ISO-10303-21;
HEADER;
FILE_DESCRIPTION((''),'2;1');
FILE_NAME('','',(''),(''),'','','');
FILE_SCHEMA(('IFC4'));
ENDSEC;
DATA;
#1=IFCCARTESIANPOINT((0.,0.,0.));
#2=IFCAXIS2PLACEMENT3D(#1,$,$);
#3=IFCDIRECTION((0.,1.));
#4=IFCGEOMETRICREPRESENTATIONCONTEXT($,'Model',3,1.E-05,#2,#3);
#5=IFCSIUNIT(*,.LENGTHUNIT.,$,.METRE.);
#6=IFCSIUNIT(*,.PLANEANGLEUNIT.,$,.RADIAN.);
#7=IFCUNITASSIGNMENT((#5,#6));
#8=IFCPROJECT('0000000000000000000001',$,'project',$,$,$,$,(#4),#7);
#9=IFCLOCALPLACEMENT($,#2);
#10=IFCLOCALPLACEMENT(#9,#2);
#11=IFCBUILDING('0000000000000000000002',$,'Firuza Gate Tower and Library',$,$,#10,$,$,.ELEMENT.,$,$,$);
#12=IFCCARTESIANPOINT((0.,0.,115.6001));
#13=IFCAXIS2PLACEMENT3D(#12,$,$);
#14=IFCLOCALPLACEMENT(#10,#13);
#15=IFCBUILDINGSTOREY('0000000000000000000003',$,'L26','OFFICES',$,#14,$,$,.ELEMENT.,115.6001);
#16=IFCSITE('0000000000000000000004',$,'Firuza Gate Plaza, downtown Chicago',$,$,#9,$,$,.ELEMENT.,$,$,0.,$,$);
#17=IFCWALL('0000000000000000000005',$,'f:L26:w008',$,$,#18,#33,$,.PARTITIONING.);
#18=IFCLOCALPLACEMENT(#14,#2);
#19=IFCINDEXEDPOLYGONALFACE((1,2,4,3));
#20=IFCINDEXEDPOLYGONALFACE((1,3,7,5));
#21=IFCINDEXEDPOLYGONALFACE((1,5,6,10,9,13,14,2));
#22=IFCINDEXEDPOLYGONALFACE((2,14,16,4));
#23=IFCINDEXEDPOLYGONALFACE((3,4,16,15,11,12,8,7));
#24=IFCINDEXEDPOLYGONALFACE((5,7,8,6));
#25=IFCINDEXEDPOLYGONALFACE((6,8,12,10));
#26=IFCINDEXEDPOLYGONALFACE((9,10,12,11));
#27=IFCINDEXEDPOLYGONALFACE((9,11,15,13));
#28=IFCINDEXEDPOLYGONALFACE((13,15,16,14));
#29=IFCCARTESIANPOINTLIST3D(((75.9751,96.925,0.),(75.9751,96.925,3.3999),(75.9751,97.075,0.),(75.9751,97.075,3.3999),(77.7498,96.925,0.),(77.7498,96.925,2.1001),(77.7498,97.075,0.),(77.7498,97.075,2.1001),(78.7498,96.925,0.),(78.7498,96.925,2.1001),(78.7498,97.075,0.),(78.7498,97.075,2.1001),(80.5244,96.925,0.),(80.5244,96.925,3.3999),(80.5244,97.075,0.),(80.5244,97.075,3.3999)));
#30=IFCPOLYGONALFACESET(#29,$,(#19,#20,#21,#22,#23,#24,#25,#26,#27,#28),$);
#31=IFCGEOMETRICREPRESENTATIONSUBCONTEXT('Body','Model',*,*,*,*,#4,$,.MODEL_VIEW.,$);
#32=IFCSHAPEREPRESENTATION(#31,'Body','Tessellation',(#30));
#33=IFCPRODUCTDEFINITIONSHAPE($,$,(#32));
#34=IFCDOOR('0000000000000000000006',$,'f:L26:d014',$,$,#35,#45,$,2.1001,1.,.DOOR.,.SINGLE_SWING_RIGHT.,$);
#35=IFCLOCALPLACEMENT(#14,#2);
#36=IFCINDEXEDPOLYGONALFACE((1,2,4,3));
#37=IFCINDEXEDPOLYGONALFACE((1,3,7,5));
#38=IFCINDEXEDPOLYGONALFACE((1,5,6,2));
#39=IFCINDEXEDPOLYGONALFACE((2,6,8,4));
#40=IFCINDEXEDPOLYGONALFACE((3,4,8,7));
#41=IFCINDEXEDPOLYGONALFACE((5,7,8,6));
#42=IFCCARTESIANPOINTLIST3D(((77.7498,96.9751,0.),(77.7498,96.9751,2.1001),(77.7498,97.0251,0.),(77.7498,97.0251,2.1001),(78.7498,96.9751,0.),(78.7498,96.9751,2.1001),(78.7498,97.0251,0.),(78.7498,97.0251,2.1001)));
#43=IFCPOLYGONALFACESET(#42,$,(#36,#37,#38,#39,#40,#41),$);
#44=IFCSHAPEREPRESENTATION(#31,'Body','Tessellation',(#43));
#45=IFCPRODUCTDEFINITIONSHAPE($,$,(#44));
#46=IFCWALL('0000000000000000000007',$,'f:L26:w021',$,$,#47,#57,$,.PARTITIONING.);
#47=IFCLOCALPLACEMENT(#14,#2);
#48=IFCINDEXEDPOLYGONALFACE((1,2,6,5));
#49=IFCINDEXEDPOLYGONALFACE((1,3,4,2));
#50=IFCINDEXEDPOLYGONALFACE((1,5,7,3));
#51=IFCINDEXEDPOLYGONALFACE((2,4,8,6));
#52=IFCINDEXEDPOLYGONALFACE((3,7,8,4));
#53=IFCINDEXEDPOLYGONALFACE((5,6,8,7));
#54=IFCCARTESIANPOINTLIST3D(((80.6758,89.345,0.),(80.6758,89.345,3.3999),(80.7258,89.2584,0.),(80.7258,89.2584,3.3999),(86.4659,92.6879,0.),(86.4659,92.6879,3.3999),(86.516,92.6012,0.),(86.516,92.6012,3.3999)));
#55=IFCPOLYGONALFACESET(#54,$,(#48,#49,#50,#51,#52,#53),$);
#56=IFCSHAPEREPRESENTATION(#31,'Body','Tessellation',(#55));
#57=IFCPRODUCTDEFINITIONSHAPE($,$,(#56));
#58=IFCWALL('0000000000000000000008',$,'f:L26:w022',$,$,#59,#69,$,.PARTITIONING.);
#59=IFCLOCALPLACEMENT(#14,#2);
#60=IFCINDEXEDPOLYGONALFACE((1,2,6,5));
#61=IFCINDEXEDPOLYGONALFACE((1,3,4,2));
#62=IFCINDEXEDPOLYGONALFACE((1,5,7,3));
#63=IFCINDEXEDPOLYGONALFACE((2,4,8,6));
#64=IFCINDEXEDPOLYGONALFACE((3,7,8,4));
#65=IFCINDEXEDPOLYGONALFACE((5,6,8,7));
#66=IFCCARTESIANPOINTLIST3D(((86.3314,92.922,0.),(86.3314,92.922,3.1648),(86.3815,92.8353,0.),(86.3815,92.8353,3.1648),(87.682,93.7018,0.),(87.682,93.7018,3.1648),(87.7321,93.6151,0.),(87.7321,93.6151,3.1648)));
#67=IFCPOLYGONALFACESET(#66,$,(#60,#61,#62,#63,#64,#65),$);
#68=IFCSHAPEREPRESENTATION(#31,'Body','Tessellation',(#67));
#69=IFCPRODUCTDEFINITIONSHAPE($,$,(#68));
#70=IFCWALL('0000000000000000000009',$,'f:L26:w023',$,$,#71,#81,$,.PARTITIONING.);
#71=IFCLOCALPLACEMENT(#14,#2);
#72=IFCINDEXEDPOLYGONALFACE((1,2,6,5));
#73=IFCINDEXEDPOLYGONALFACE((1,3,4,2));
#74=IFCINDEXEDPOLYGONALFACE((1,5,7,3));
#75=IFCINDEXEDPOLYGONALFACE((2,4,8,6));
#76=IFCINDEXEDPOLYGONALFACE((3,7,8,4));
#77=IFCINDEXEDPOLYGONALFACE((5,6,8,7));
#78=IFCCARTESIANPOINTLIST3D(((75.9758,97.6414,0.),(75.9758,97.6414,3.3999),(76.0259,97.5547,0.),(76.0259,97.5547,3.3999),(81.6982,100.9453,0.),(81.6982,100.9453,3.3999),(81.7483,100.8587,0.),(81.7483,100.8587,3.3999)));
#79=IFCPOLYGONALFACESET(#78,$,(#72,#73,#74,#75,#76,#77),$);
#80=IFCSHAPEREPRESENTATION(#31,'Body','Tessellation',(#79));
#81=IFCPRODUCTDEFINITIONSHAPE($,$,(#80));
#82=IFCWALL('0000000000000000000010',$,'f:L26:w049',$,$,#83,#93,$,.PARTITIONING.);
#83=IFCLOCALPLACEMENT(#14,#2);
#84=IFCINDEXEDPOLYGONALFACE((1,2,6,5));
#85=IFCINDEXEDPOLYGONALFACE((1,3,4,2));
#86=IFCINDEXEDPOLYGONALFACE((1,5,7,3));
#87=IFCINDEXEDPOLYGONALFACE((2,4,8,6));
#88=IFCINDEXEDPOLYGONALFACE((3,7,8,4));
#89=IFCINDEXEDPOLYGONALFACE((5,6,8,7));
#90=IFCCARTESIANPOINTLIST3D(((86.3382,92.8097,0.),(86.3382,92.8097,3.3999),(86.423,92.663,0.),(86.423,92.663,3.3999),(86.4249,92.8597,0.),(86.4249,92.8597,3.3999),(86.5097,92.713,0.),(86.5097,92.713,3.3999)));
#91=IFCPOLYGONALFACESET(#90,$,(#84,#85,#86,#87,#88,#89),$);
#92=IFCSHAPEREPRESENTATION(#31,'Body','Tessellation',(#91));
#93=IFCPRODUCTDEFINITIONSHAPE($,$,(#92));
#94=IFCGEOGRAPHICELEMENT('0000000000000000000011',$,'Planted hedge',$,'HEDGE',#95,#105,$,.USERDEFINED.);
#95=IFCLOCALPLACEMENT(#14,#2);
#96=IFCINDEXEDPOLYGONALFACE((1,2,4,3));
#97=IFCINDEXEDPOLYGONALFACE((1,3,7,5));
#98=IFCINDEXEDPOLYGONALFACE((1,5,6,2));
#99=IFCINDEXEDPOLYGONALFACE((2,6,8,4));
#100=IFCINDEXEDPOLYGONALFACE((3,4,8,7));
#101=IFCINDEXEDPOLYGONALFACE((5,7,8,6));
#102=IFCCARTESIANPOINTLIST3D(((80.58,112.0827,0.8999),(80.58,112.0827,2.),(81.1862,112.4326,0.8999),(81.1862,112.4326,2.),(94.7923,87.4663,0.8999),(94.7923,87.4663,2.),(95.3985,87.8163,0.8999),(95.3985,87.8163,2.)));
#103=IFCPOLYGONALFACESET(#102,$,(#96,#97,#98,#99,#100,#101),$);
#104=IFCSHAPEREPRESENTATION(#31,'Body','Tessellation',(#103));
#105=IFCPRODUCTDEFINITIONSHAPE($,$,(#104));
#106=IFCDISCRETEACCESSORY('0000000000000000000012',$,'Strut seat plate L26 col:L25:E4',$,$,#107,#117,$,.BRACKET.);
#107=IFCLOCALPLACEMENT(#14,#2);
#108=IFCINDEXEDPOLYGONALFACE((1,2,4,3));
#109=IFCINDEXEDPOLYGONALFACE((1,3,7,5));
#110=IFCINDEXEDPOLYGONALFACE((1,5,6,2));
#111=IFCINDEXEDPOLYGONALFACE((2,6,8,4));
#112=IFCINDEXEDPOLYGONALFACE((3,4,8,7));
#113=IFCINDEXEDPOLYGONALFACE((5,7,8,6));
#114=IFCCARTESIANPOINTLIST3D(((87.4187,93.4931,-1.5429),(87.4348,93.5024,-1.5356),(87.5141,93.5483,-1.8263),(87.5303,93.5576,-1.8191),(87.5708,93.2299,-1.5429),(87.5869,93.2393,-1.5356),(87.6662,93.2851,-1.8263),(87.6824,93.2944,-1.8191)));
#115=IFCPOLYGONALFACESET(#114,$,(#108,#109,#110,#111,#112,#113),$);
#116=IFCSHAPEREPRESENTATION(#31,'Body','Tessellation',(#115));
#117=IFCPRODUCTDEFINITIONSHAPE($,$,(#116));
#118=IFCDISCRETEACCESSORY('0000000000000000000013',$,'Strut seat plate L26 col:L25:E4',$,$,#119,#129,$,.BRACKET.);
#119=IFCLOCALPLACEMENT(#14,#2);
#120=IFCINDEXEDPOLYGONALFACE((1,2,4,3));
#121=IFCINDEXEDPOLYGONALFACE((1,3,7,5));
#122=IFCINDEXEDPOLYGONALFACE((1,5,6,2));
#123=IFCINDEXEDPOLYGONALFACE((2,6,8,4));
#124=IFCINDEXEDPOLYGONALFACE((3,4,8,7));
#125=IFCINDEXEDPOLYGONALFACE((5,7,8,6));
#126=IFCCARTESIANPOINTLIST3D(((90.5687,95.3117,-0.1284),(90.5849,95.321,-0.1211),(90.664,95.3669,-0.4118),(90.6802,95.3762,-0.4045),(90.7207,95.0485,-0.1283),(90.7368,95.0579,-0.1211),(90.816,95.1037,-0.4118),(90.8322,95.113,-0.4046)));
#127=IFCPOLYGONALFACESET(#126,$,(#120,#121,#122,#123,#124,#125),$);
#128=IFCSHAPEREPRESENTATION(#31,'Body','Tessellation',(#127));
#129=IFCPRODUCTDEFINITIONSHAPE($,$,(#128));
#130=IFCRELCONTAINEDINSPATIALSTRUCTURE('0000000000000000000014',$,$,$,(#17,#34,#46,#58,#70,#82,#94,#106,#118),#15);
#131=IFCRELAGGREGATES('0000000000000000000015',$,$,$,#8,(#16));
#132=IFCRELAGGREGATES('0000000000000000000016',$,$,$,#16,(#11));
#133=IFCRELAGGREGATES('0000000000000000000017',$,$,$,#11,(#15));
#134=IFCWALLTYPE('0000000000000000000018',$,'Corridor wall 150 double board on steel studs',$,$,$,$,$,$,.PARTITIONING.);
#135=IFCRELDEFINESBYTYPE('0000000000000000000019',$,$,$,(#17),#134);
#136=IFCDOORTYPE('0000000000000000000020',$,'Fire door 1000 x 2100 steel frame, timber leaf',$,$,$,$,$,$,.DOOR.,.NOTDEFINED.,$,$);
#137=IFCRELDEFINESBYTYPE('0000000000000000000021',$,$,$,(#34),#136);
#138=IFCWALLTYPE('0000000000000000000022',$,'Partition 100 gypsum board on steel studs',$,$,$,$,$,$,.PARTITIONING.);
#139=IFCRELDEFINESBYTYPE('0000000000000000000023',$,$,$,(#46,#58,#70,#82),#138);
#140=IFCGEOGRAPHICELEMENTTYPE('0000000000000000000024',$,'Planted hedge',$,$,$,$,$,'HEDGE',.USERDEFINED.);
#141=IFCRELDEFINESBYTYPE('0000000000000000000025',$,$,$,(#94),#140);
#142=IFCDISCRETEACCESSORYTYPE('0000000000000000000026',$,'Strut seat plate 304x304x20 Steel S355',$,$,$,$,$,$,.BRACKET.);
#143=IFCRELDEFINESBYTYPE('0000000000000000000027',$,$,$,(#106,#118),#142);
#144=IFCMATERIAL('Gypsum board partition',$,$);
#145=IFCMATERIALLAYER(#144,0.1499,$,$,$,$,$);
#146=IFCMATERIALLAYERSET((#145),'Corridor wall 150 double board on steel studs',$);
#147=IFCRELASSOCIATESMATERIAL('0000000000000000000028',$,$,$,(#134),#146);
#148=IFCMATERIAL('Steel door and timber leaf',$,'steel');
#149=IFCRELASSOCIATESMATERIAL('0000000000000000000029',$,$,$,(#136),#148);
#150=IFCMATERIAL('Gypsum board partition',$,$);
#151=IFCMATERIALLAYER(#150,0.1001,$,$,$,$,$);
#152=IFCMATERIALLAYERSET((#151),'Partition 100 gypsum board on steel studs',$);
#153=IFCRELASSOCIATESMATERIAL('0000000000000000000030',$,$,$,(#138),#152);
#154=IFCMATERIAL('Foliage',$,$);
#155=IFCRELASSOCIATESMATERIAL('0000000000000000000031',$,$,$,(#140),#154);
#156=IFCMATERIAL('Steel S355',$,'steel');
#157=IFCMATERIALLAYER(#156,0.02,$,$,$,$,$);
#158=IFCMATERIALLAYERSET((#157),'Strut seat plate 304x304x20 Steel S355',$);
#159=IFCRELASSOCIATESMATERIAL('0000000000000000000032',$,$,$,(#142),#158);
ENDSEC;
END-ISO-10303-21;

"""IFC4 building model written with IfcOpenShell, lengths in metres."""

from ifc_helpers import new_model, si_unit, direction, frame, frame_2d, origin, origin_2d, place, context, subcontext, project, spatial, polyline, rectangle, outline, extrude, material, layer, layer_set, type_object, element, fill, save


model = new_model("IFC4")

# Units and contexts
model_context = context("Model", 3, precision=1e-05, world=origin(), true_north=direction((0.0, 1.0)))
body_context = subcontext(model_context, "Body", "Model", "MODEL_VIEW")
ifc_project = project(units=[si_unit("LENGTHUNIT", "METRE"), si_unit("PLANEANGLEUNIT", "RADIAN")], contexts=[model_context])

# Site, building, storey
site_placement = place(None, origin())
site = spatial("IfcSite", under=ifc_project, at=site_placement, Name="Firuza Gate Plaza, downtown Chicago", CompositionType="ELEMENT", RefElevation=0.0)
building_placement = place(site_placement, origin())
building = spatial("IfcBuilding", under=site, at=building_placement, Name="Firuza Gate Tower and Library", CompositionType="ELEMENT")
storey_placement = place(building_placement, frame((0.0, 0.0, 115.6001)))
storey = spatial("IfcBuildingStorey", under=building, at=storey_placement, Name="L26", Description="OFFICES", CompositionType="ELEMENT", Elevation=115.6001)

# Wall, opening, door
ifc_material_1 = material(Name="Gypsum board partition")
ifc_layer_1 = layer(ifc_material_1, 0.1499)
ifc_layer_set_1 = layer_set([ifc_layer_1], Name="Corridor wall 150 double board on steel studs")
wall_type_1 = type_object("IfcWallType", Name="Corridor wall 150 double board on steel studs", PredefinedType="PARTITIONING", material=ifc_layer_set_1)
wall_1_placement = place(storey_placement, frame((80.5244, 97.0, 0.0), z_axis=(0.0, 0.0, 1.0), x_axis=(-1.0, 0.0, 0.0)))
wall_1 = element("IfcWall", 1, at=wall_1_placement, inside=storey, type_object=wall_type_1, Name="f:L26:w008", PredefinedType="PARTITIONING", context=body_context, shape_type="SweptSolid", body=[
    extrude(rectangle(XDim=4.5493, YDim=0.1499, at=frame_2d((2.2747, 0.0))), origin(), (0.0, 0.0, 1.0), 3.3999),
])
opening_1_placement = place(wall_1_placement, frame((1.7747, 0.0, 0.0)))
opening_1 = element("IfcOpeningElement", 2, at=opening_1_placement, cuts=wall_1, PredefinedType="OPENING", context=body_context, shape_type="SweptSolid", body=[
    extrude(rectangle(XDim=1.0, YDim=2.1001, at=frame_2d((0.5, 1.05))), frame((0.0, 0.085, 0.0), z_axis=(0.0, -1.0, 0.0), x_axis=(1.0, 0.0, 0.0)), (0.0, 0.0, 1.0), 0.1699),
])
ifc_material_2 = material(Name="Steel door and timber leaf", Category="steel")
door_type_1 = type_object("IfcDoorType", Name="Fire door 1000 x 2100 steel frame, timber leaf", OperationType="NOTDEFINED", PredefinedType="DOOR", material=ifc_material_2)
door_1_placement = place(opening_1_placement, origin())
door_1 = element("IfcDoor", 3, at=door_1_placement, inside=storey, type_object=door_type_1, Name="f:L26:d014", OperationType="SINGLE_SWING_RIGHT", OverallHeight=2.1001, OverallWidth=1.0, PredefinedType="DOOR", context=body_context, shape_type="SweptSolid", body=[
    extrude(rectangle(XDim=1.0, YDim=2.1001, at=frame_2d((0.5, 1.05))), frame((0.0, 0.0249, 0.0), z_axis=(0.0, -1.0, 0.0), x_axis=(1.0, 0.0, 0.0)), (0.0, 0.0, 1.0), 0.05),
])
fill(opening_1, door_1)

# Walls
ifc_material_3 = material(Name="Gypsum board partition")
ifc_layer_2 = layer(ifc_material_3, 0.1001)
ifc_layer_set_2 = layer_set([ifc_layer_2], Name="Partition 100 gypsum board on steel studs")
wall_type_2 = type_object("IfcWallType", Name="Partition 100 gypsum board on steel studs", PredefinedType="PARTITIONING", material=ifc_layer_set_2)
wall_2_placement = place(storey_placement, frame((80.7009, 89.3018, 0.0), z_axis=(0.0, 0.0, 1.0), x_axis=(0.866032, 0.499988, 0.0)))
element("IfcWall", 4, at=wall_2_placement, inside=storey, type_object=wall_type_2, Name="f:L26:w021", PredefinedType="PARTITIONING", context=body_context, shape_type="SweptSolid", body=[
    extrude(rectangle(XDim=6.6858, YDim=0.1001, at=frame_2d((3.3428, 0.0))), origin(), (0.0, 0.0, 1.0), 3.3999),
])
wall_3_placement = place(storey_placement, frame((86.3564, 92.8787, 0.0), z_axis=(0.0, 0.0, 1.0), x_axis=(0.866019, 0.500012, 0.0)))
element("IfcWall", 5, at=wall_3_placement, inside=storey, type_object=wall_type_2, Name="f:L26:w022", PredefinedType="PARTITIONING", context=body_context, shape_type="SweptSolid", body=[
    extrude(rectangle(XDim=1.5596, YDim=0.1001, at=frame_2d((0.7798, 0.0))), origin(), (0.0, 0.0, 1.0), 3.1648),
])
wall_4_placement = place(storey_placement, frame((76.001, 97.5981, 0.0), z_axis=(0.0, 0.0, 1.0), x_axis=(0.866018, 0.500013, 0.0)))
element("IfcWall", 6, at=wall_4_placement, inside=storey, type_object=wall_type_2, Name="f:L26:w023", PredefinedType="PARTITIONING", context=body_context, shape_type="SweptSolid", body=[
    extrude(rectangle(XDim=6.6077, YDim=0.1001, at=frame_2d((3.3037, 0.0))), origin(), (0.0, 0.0, 1.0), 3.3999),
])
wall_5_placement = place(storey_placement, frame((86.4663, 92.688, 0.0), z_axis=(0.0, 0.0, 1.0), x_axis=(-0.500013, 0.866018, 0.0)))
element("IfcWall", 7, at=wall_5_placement, inside=storey, type_object=wall_type_2, Name="f:L26:w049", PredefinedType="PARTITIONING", context=body_context, shape_type="SweptSolid", body=[
    extrude(rectangle(XDim=0.1694, YDim=0.1001, at=frame_2d((0.0847, 0.0))), origin(), (0.0, 0.0, 1.0), 3.3999),
])

# Geographic element
ifc_material_4 = material(Name="Foliage")
geographic_element_type = type_object("IfcGeographicElementType", Name="Planted hedge", ElementType="HEDGE", PredefinedType="USERDEFINED", material=ifc_material_4)
geographic_element_placement = place(storey_placement, frame((87.9893, 99.9495, 0.8999), z_axis=(0.0, 0.0, 1.0), x_axis=(-0.5, 0.866025, 0.0)))
element("IfcGeographicElement", 8, at=geographic_element_placement, inside=storey, type_object=geographic_element_type, Name="Planted hedge", ObjectType="HEDGE", PredefinedType="USERDEFINED", context=body_context, shape_type="SweptSolid", body=[
    extrude(rectangle(XDim=28.4246, YDim=0.7, at=origin_2d()), origin(), (0.0, 0.0, 1.0), 1.1001),
])

# Discrete accessories
ifc_material_5 = material(Name="Steel S355", Category="steel")
ifc_layer_3 = layer(ifc_material_5, 0.02)
ifc_layer_set_3 = layer_set([ifc_layer_3], Name="Strut seat plate 304x304x20 Steel S355")
discrete_accessory_type = type_object("IfcDiscreteAccessoryType", Name="Strut seat plate 304x304x20 Steel S355", PredefinedType="BRACKET", material=ifc_layer_set_3)
discrete_accessory_1_placement = place(storey_placement, frame((87.4348, 93.5024, -1.5356), z_axis=(0.806913, 0.466333, 0.362527), x_axis=(0.500371, -0.865811, 0.0)))
element("IfcDiscreteAccessory", 9, at=discrete_accessory_1_placement, inside=storey, type_object=discrete_accessory_type, Name="Strut seat plate L26 col:L25:E4", PredefinedType="BRACKET", context=body_context, shape_type="SweptSolid", body=[
    extrude(outline(polyline([(0.0, 0.0), (0.304, 0.0), (0.304, 0.3041), (0.0, 0.3041), (0.0, 0.0)])), origin(), (0.0, 0.0, -1.0), 0.02),
])
discrete_accessory_2_placement = place(storey_placement, frame((90.7368, 95.0579, -0.1211), z_axis=(0.807176, 0.466111, 0.362225), x_axis=(-0.500031, 0.866008, -0.000117)))
element("IfcDiscreteAccessory", 10, at=discrete_accessory_2_placement, inside=storey, type_object=discrete_accessory_type, Name="Strut seat plate L26 col:L25:E4", PredefinedType="BRACKET", context=body_context, shape_type="SweptSolid", body=[
    extrude(outline(polyline([(0.0, 0.0), (0.3039, 0.0), (0.3041, -0.3041), (0.0001, -0.3041), (0.0, 0.0)])), origin(), (0.0, 0.0, -1.0), 0.02),
])

save(model, "model.ifc")
